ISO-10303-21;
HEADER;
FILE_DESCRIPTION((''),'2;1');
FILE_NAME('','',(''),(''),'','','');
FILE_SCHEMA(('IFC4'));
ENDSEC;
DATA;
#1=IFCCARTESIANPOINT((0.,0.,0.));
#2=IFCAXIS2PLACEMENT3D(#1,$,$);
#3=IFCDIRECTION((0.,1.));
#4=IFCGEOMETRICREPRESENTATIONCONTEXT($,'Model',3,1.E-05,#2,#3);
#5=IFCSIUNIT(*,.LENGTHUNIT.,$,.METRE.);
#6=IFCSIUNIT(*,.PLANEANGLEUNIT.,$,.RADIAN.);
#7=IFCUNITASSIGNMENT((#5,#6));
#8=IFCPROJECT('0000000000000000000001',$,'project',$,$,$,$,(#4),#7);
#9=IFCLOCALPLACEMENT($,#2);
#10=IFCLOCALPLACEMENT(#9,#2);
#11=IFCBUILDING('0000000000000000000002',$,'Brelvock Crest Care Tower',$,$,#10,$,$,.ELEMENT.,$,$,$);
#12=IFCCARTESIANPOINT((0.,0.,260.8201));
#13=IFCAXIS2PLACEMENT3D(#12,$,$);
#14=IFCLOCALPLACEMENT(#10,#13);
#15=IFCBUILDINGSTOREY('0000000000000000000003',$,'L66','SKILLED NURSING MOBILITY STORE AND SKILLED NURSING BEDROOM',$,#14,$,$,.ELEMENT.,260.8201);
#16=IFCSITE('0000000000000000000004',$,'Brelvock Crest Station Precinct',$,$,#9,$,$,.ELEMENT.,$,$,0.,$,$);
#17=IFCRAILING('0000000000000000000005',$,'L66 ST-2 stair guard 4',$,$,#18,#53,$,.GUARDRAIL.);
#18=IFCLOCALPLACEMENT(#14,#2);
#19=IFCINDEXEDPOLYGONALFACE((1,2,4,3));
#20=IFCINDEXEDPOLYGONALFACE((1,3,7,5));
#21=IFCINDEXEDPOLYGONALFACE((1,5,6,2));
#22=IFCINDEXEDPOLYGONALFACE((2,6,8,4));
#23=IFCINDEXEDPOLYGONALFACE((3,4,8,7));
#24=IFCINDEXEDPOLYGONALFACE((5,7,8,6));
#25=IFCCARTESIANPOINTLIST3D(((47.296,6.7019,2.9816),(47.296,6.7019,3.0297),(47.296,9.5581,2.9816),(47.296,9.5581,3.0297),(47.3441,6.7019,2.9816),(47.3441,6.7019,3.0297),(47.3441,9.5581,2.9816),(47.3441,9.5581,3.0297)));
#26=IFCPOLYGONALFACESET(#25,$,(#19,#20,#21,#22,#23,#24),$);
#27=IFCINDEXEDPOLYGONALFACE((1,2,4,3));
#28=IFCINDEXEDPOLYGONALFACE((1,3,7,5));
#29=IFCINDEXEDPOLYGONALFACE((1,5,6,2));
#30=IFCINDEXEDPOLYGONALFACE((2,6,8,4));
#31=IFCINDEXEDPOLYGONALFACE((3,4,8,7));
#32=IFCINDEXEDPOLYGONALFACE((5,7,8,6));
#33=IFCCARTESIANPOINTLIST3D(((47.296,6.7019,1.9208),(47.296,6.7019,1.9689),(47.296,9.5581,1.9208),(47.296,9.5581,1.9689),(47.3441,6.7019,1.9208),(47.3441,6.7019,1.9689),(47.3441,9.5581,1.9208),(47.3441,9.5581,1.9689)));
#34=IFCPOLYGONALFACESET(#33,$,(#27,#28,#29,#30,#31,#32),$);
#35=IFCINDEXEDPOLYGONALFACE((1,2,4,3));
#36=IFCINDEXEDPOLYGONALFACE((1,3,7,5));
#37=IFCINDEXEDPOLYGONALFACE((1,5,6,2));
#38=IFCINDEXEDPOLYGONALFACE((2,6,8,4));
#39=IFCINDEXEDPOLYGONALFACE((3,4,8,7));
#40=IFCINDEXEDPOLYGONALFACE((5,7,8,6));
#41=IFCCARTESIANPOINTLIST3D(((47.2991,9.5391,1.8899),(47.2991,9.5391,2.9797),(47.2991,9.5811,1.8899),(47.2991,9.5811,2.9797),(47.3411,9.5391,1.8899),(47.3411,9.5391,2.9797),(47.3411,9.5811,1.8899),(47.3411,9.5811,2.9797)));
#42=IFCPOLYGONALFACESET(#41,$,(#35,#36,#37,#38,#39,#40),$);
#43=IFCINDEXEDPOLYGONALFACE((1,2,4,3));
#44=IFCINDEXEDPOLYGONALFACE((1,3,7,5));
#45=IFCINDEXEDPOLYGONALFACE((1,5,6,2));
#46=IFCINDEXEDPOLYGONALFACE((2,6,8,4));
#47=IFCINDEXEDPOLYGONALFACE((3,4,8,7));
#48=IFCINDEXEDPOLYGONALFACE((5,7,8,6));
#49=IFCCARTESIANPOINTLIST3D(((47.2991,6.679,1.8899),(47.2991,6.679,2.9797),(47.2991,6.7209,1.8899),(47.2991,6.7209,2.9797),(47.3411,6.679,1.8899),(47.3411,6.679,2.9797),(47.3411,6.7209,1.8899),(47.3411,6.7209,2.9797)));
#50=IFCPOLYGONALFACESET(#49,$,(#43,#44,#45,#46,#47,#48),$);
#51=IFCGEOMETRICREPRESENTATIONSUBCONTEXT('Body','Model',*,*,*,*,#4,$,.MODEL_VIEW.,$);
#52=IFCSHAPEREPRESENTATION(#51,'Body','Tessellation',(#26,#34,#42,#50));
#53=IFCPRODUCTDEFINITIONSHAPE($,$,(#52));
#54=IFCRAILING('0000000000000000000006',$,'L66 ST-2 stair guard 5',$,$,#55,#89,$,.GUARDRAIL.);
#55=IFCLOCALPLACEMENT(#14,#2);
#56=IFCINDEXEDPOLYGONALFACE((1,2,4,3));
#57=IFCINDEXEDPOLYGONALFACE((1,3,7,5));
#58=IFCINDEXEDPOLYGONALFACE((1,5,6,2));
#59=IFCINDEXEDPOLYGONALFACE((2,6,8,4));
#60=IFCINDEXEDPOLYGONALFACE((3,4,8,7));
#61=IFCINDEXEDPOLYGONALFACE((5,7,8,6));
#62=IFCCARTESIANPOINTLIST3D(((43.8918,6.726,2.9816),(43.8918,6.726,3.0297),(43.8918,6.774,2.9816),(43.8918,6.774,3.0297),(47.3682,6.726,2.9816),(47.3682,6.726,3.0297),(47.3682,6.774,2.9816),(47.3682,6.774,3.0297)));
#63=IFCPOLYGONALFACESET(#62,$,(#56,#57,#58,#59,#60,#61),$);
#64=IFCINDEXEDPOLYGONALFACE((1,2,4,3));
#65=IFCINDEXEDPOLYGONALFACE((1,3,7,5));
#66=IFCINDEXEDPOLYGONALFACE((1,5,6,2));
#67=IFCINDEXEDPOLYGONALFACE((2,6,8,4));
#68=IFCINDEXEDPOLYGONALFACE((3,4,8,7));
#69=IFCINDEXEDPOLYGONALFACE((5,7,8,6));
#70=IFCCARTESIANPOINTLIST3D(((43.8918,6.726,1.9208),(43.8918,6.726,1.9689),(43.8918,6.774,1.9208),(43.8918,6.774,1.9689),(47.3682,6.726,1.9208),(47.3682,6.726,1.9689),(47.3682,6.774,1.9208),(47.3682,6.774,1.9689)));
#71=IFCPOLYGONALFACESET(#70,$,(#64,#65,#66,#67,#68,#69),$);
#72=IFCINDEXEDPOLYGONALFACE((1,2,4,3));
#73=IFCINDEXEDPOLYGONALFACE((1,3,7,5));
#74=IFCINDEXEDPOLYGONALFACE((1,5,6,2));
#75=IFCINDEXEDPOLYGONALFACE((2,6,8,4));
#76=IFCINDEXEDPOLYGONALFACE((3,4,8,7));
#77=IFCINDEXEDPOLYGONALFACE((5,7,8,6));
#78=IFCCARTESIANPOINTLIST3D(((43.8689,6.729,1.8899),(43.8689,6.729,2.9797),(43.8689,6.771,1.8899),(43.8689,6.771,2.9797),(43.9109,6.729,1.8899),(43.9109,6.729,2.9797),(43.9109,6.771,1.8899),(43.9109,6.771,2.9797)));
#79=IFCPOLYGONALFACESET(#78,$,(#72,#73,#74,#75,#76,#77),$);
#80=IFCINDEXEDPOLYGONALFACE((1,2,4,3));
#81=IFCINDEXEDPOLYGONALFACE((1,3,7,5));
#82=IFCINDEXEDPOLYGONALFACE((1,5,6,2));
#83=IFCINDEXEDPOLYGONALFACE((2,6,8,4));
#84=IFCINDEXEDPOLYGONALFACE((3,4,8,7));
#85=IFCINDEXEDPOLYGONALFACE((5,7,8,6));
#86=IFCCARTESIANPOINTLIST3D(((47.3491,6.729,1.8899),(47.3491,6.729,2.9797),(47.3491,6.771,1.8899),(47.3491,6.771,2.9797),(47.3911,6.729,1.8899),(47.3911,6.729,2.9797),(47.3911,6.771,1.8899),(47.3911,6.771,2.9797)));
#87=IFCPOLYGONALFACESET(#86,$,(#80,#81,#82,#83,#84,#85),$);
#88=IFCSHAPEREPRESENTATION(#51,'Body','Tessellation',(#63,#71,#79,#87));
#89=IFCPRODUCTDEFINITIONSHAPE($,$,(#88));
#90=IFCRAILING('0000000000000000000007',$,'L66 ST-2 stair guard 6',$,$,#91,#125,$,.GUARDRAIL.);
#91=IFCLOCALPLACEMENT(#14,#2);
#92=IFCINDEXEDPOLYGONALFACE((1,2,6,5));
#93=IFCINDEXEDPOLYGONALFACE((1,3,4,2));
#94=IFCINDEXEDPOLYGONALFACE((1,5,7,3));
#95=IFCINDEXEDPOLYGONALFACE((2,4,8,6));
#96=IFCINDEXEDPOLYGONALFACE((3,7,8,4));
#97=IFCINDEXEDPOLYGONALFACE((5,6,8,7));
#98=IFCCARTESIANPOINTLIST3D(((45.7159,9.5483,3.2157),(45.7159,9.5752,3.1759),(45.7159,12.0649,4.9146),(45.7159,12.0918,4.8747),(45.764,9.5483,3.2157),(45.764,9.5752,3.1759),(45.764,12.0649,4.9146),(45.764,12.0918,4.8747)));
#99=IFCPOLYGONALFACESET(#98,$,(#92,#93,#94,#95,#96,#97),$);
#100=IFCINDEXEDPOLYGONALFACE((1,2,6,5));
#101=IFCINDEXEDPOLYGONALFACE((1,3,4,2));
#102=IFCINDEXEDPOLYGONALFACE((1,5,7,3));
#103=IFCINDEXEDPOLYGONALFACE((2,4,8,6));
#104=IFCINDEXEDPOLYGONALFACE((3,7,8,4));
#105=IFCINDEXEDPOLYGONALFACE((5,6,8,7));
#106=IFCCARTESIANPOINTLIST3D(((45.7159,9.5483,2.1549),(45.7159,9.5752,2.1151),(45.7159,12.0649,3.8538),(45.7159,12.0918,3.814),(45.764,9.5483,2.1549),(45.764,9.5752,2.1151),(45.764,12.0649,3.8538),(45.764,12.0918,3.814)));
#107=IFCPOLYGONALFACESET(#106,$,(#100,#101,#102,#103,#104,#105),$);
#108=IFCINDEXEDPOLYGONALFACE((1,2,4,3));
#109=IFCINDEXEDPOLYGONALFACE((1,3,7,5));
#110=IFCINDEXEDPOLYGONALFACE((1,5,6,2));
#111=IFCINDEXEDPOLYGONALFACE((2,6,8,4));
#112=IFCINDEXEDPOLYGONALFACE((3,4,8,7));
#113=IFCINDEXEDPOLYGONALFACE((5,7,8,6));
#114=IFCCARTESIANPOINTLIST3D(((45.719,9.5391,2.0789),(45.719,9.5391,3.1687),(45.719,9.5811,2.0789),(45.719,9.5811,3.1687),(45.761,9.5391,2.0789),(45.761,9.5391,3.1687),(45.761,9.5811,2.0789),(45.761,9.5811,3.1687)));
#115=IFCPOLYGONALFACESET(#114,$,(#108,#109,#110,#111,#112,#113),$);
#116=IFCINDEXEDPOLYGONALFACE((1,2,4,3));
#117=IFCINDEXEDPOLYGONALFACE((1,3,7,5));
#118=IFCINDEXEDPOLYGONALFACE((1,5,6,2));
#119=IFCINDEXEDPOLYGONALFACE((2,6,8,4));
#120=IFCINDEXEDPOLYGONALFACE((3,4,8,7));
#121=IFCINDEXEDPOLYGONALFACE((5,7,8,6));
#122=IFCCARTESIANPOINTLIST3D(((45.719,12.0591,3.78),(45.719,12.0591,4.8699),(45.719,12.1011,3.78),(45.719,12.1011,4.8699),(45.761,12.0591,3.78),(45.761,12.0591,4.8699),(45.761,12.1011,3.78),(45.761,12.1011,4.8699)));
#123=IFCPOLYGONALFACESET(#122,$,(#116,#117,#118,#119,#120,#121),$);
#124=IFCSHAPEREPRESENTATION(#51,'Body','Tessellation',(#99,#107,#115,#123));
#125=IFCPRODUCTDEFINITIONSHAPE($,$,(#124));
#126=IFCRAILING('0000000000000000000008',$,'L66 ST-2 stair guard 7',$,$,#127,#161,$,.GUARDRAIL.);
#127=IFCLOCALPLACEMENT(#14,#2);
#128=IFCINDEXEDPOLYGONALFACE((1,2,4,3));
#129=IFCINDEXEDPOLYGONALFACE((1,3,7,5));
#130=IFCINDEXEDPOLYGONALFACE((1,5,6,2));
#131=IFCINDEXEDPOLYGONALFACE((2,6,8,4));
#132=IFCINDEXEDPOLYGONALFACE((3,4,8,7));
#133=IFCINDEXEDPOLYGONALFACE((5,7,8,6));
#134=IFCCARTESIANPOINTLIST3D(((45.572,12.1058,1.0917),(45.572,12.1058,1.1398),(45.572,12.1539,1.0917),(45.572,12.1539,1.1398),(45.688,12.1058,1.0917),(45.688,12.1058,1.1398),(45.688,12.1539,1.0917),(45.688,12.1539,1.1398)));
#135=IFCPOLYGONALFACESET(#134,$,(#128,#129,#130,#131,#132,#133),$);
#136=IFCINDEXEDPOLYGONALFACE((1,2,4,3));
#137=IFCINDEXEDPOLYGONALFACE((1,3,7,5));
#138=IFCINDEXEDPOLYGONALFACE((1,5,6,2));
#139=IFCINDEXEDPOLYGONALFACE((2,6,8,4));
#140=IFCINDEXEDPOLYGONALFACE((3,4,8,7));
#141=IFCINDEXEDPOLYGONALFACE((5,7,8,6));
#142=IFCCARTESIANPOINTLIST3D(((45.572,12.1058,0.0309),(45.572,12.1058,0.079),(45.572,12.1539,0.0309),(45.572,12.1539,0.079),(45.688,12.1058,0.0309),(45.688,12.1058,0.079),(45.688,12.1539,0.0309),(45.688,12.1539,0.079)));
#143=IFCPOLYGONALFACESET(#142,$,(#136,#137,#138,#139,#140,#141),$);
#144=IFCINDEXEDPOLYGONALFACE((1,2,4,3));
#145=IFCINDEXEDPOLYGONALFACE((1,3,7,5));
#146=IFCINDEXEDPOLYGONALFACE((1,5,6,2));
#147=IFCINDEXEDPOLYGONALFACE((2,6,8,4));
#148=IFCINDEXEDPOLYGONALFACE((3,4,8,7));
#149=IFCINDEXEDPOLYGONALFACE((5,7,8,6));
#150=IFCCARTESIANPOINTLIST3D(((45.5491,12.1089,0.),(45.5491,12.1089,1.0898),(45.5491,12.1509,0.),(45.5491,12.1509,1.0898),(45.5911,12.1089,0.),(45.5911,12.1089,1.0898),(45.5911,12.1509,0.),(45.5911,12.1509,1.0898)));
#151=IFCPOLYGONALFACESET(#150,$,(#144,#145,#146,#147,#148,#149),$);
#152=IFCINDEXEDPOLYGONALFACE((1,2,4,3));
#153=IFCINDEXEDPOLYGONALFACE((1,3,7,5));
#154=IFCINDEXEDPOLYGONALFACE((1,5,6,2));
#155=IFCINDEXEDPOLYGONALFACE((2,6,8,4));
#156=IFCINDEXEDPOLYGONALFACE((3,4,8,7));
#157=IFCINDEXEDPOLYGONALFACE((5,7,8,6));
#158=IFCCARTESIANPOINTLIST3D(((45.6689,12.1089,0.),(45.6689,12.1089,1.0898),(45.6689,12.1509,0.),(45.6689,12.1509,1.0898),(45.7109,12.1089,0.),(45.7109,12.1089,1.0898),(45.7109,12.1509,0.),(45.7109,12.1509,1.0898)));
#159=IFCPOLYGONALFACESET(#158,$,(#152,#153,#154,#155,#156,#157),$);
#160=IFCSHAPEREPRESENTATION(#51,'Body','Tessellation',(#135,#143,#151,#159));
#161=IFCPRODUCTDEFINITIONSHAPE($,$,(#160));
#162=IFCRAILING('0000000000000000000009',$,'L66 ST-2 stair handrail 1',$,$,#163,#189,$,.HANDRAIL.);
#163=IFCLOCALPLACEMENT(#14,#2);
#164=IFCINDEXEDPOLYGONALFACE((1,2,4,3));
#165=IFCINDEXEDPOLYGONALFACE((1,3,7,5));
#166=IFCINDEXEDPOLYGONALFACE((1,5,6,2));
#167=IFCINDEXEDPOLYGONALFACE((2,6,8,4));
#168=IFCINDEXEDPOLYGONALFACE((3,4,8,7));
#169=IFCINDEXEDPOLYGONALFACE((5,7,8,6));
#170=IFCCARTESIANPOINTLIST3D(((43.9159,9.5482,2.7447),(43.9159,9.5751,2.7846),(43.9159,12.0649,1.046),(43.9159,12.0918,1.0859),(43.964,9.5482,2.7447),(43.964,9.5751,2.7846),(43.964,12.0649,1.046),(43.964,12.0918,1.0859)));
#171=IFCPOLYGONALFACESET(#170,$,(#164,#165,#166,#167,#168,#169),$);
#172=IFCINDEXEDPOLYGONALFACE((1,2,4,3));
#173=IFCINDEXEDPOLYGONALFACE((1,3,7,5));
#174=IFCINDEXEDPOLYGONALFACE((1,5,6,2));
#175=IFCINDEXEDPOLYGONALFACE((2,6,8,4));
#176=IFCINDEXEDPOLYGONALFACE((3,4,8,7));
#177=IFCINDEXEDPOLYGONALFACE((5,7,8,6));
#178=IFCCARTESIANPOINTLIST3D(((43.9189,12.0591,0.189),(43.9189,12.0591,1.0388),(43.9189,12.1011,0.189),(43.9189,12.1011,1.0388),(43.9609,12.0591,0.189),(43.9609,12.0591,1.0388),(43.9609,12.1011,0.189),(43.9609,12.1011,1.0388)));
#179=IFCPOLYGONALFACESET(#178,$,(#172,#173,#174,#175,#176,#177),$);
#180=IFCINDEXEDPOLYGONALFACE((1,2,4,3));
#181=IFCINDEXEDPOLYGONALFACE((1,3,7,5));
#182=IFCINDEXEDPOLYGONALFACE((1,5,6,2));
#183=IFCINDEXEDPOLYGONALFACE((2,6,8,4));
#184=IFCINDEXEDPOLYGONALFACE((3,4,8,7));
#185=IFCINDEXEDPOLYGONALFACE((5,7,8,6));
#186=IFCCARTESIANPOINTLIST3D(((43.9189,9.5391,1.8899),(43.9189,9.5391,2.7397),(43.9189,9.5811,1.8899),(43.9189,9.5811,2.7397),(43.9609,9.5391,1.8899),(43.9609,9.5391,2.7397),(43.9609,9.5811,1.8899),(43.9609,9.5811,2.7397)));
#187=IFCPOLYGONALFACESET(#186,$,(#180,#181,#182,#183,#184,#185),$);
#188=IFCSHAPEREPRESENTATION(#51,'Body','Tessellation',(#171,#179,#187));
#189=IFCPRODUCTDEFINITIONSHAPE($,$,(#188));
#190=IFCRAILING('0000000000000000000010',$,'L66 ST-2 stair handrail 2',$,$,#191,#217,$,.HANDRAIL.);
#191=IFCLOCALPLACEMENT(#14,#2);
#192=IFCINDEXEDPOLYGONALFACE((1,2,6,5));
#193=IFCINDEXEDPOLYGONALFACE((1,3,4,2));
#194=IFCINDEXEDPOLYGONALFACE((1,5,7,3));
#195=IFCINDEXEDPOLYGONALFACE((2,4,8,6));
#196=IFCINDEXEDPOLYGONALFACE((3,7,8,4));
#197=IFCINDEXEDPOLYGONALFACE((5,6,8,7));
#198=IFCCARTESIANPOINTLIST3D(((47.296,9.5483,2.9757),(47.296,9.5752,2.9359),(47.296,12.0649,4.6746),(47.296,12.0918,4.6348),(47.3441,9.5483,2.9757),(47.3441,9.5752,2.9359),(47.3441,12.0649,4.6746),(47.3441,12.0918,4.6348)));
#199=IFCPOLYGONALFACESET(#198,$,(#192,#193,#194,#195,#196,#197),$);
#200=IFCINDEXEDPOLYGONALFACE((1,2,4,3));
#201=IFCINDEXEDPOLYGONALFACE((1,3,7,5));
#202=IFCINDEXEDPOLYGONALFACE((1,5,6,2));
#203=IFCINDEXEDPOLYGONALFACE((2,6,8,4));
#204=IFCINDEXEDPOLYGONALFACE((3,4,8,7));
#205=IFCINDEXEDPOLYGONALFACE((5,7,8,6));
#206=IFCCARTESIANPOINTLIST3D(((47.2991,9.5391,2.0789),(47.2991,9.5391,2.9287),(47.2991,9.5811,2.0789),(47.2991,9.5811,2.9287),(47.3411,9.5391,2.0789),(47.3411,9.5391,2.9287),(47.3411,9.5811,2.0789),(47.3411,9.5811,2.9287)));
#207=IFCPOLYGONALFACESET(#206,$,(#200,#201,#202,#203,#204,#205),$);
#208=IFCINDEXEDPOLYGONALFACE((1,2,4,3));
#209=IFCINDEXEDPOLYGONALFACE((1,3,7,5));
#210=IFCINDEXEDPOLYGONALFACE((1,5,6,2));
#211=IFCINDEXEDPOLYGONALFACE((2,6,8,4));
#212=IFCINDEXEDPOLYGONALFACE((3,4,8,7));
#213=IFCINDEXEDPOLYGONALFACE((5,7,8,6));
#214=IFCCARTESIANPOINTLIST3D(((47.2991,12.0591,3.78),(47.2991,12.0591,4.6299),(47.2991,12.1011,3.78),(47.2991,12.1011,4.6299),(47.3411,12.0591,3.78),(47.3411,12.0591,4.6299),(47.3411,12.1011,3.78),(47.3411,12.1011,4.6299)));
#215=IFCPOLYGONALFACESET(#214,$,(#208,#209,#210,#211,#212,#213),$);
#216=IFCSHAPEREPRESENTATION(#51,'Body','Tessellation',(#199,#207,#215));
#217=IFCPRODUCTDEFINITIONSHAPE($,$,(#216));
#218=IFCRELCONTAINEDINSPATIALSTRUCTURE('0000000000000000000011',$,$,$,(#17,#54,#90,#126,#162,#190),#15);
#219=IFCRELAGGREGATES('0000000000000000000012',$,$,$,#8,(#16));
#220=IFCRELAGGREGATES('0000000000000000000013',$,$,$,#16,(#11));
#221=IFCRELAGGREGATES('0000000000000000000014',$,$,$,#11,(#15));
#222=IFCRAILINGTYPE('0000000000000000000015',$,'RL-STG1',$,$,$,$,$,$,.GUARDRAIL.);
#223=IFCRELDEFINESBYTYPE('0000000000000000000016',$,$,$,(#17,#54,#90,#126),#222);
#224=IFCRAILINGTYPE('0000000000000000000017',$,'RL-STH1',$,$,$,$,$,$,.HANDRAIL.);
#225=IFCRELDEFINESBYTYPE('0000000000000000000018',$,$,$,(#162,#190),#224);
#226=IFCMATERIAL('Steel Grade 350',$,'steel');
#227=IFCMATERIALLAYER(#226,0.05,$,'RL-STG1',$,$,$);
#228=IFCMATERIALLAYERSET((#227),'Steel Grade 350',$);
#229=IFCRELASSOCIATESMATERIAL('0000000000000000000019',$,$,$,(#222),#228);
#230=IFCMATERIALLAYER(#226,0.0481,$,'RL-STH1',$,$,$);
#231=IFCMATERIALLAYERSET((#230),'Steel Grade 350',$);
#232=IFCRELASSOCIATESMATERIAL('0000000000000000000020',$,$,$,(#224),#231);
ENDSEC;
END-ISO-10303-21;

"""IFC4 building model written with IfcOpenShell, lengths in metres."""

from ifc_helpers import new_model, si_unit, direction, frame, origin, origin_2d, place, context, subcontext, project, spatial, rectangle, extrude, material, layer, layer_set, type_object, element, save


model = new_model("IFC4")

# Units and contexts
model_context = context("Model", 3, precision=1e-05, world=origin(), true_north=direction((0.0, 1.0)))
body_context = subcontext(model_context, "Body", "Model", "MODEL_VIEW")
ifc_project = project(units=[si_unit("LENGTHUNIT", "METRE"), si_unit("PLANEANGLEUNIT", "RADIAN")], contexts=[model_context])

# Site, building, storey
site_placement = place(None, origin())
site = spatial("IfcSite", under=ifc_project, at=site_placement, Name="Brelvock Crest Station Precinct", CompositionType="ELEMENT", RefElevation=0.0)
building_placement = place(site_placement, origin())
building = spatial("IfcBuilding", under=site, at=building_placement, Name="Brelvock Crest Care Tower", CompositionType="ELEMENT")
storey_placement = place(building_placement, frame((0.0, 0.0, 260.8201)))
storey = spatial("IfcBuildingStorey", under=building, at=storey_placement, Name="L66", Description="SKILLED NURSING MOBILITY STORE AND SKILLED NURSING BEDROOM", CompositionType="ELEMENT", Elevation=260.8201)

# Shared definitions
ifc_material_1 = material(Name="Steel Grade 350", Category="steel")

# Railings
ifc_layer_1 = layer(ifc_material_1, 0.05, Name="RL-STG1")
ifc_layer_set_1 = layer_set([ifc_layer_1], Name="Steel Grade 350")
railing_type_1 = type_object("IfcRailingType", Name="RL-STG1", PredefinedType="GUARDRAIL", material=ifc_layer_set_1)
for number, where, name in (
    (1, (47.3201, 9.5601, 1.8899), "L66 ST-2 stair guard 4"),
):
    element("IfcRailing", number, at=place(storey_placement, frame(where)), inside=storey, type_object=railing_type_1, Name=name, PredefinedType="GUARDRAIL", context=body_context, shape_type="SweptSolid", body=[
        extrude(rectangle(XDim=0.0481, YDim=0.0481, at=origin_2d()), frame((0.0, -0.002, 1.1157), z_axis=(0.0, -1.0, 0.0), x_axis=(1.0, 0.0, 0.0)), (0.0, 0.0, 1.0), 2.8562),
        extrude(rectangle(XDim=0.0481, YDim=0.0481, at=origin_2d()), frame((0.0, -0.002, 0.0549), z_axis=(0.0, -1.0, 0.0), x_axis=(1.0, 0.0, 0.0)), (0.0, 0.0, 1.0), 2.8562),
        extrude(rectangle(XDim=0.042, YDim=0.042, at=origin_2d()), origin(), (0.0, 0.0, 1.0), 1.0898),
        extrude(rectangle(XDim=0.042, YDim=0.042, at=origin_2d()), frame((0.0, -2.8601, 0.0)), (0.0, 0.0, 1.0), 1.0898),
    ])
railing_1_placement = place(storey_placement, frame((43.8899, 6.75, 1.8899)))
element("IfcRailing", 2, at=railing_1_placement, inside=storey, type_object=railing_type_1, Name="L66 ST-2 stair guard 5", PredefinedType="GUARDRAIL", context=body_context, shape_type="SweptSolid", body=[
    extrude(rectangle(XDim=0.0481, YDim=0.0481, at=origin_2d()), frame((0.002, 0.0, 1.1157), z_axis=(1.0, 0.0, 0.0), x_axis=(0.0, 1.0, 0.0)), (0.0, 0.0, 1.0), 3.4763),
    extrude(rectangle(XDim=0.0481, YDim=0.0481, at=origin_2d()), frame((0.002, 0.0, 0.0549), z_axis=(1.0, 0.0, 0.0), x_axis=(0.0, 1.0, 0.0)), (0.0, 0.0, 1.0), 3.4763),
    extrude(rectangle(XDim=0.042, YDim=0.042, at=origin_2d()), origin(), (0.0, 0.0, 1.0), 1.0898),
    extrude(rectangle(XDim=0.042, YDim=0.042, at=origin_2d()), frame((3.4802, 0.0, 0.0)), (0.0, 0.0, 1.0), 1.0898),
])
railing_2_placement = place(storey_placement, frame((45.74, 9.5601, 2.0789)))
element("IfcRailing", 3, at=railing_2_placement, inside=storey, type_object=railing_type_1, Name="L66 ST-2 stair guard 6", PredefinedType="GUARDRAIL", context=body_context, shape_type="SweptSolid", body=[
    extrude(rectangle(XDim=0.0481, YDim=0.0481, at=origin_2d()), frame((0.0, 0.0017, 1.1169), z_axis=(0.0, 0.828824, 0.559509), x_axis=(-1.0, 0.0, 0.0)), (0.0, 0.0, 1.0), 3.0364),
    extrude(rectangle(XDim=0.0481, YDim=0.0481, at=origin_2d()), frame((0.0, 0.0017, 0.0562), z_axis=(0.0, 0.828824, 0.559509), x_axis=(-1.0, 0.0, 0.0)), (0.0, 0.0, 1.0), 3.0364),
    extrude(rectangle(XDim=0.042, YDim=0.042, at=origin_2d()), origin(), (0.0, 0.0, 1.0), 1.0898),
    extrude(rectangle(XDim=0.042, YDim=0.042, at=origin_2d()), frame((0.0, 2.52, 1.7012)), (0.0, 0.0, 1.0), 1.0898),
])
railing_3_placement = place(storey_placement, frame((45.5701, 12.1299, 0.0)))
element("IfcRailing", 4, at=railing_3_placement, inside=storey, type_object=railing_type_1, Name="L66 ST-2 stair guard 7", PredefinedType="GUARDRAIL", context=body_context, shape_type="SweptSolid", body=[
    extrude(rectangle(XDim=0.0481, YDim=0.0481, at=origin_2d()), frame((0.002, 0.0, 1.1157), z_axis=(1.0, 0.0, 0.0), x_axis=(0.0, 1.0, 0.0)), (0.0, 0.0, 1.0), 0.116),
    extrude(rectangle(XDim=0.0481, YDim=0.0481, at=origin_2d()), frame((0.002, 0.0, 0.0549), z_axis=(1.0, 0.0, 0.0), x_axis=(0.0, 1.0, 0.0)), (0.0, 0.0, 1.0), 0.116),
    extrude(rectangle(XDim=0.042, YDim=0.042, at=origin_2d()), origin(), (0.0, 0.0, 1.0), 1.0898),
    extrude(rectangle(XDim=0.042, YDim=0.042, at=origin_2d()), frame((0.1199, 0.0, 0.0)), (0.0, 0.0, 1.0), 1.0898),
])
ifc_layer_2 = layer(ifc_material_1, 0.0481, Name="RL-STH1")
ifc_layer_set_2 = layer_set([ifc_layer_2], Name="Steel Grade 350")
railing_type_2 = type_object("IfcRailingType", Name="RL-STH1", PredefinedType="HANDRAIL", material=ifc_layer_set_2)
railing_4_placement = place(storey_placement, frame((43.9399, 12.0801, 0.189)))
element("IfcRailing", 5, at=railing_4_placement, inside=storey, type_object=railing_type_2, Name="L66 ST-2 stair handrail 1", PredefinedType="HANDRAIL", context=body_context, shape_type="SweptSolid", body=[
    extrude(rectangle(XDim=0.0481, YDim=0.0481, at=origin_2d()), frame((0.0, -0.0017, 0.877), z_axis=(0.0, -0.828862, 0.559454), x_axis=(1.0, 0.0, 0.0)), (0.0, 0.0, 1.0), 3.0364),
    extrude(rectangle(XDim=0.042, YDim=0.042, at=origin_2d()), origin(), (0.0, 0.0, 1.0), 0.8499),
    extrude(rectangle(XDim=0.042, YDim=0.042, at=origin_2d()), frame((0.0, -2.52, 1.7009)), (0.0, 0.0, 1.0), 0.8499),
])
railing_5_placement = place(storey_placement, frame((47.3201, 9.5601, 2.0789)))
element("IfcRailing", 6, at=railing_5_placement, inside=storey, type_object=railing_type_2, Name="L66 ST-2 stair handrail 2", PredefinedType="HANDRAIL", context=body_context, shape_type="SweptSolid", body=[
    extrude(rectangle(XDim=0.0481, YDim=0.0481, at=origin_2d()), frame((0.0, 0.0017, 0.877), z_axis=(0.0, 0.828824, 0.559509), x_axis=(-1.0, 0.0, 0.0)), (0.0, 0.0, 1.0), 3.0364),
    extrude(rectangle(XDim=0.042, YDim=0.042, at=origin_2d()), origin(), (0.0, 0.0, 1.0), 0.8499),
    extrude(rectangle(XDim=0.042, YDim=0.042, at=origin_2d()), frame((0.0, 2.52, 1.7012)), (0.0, 0.0, 1.0), 0.8499),
])

save(model, "model.ifc")
